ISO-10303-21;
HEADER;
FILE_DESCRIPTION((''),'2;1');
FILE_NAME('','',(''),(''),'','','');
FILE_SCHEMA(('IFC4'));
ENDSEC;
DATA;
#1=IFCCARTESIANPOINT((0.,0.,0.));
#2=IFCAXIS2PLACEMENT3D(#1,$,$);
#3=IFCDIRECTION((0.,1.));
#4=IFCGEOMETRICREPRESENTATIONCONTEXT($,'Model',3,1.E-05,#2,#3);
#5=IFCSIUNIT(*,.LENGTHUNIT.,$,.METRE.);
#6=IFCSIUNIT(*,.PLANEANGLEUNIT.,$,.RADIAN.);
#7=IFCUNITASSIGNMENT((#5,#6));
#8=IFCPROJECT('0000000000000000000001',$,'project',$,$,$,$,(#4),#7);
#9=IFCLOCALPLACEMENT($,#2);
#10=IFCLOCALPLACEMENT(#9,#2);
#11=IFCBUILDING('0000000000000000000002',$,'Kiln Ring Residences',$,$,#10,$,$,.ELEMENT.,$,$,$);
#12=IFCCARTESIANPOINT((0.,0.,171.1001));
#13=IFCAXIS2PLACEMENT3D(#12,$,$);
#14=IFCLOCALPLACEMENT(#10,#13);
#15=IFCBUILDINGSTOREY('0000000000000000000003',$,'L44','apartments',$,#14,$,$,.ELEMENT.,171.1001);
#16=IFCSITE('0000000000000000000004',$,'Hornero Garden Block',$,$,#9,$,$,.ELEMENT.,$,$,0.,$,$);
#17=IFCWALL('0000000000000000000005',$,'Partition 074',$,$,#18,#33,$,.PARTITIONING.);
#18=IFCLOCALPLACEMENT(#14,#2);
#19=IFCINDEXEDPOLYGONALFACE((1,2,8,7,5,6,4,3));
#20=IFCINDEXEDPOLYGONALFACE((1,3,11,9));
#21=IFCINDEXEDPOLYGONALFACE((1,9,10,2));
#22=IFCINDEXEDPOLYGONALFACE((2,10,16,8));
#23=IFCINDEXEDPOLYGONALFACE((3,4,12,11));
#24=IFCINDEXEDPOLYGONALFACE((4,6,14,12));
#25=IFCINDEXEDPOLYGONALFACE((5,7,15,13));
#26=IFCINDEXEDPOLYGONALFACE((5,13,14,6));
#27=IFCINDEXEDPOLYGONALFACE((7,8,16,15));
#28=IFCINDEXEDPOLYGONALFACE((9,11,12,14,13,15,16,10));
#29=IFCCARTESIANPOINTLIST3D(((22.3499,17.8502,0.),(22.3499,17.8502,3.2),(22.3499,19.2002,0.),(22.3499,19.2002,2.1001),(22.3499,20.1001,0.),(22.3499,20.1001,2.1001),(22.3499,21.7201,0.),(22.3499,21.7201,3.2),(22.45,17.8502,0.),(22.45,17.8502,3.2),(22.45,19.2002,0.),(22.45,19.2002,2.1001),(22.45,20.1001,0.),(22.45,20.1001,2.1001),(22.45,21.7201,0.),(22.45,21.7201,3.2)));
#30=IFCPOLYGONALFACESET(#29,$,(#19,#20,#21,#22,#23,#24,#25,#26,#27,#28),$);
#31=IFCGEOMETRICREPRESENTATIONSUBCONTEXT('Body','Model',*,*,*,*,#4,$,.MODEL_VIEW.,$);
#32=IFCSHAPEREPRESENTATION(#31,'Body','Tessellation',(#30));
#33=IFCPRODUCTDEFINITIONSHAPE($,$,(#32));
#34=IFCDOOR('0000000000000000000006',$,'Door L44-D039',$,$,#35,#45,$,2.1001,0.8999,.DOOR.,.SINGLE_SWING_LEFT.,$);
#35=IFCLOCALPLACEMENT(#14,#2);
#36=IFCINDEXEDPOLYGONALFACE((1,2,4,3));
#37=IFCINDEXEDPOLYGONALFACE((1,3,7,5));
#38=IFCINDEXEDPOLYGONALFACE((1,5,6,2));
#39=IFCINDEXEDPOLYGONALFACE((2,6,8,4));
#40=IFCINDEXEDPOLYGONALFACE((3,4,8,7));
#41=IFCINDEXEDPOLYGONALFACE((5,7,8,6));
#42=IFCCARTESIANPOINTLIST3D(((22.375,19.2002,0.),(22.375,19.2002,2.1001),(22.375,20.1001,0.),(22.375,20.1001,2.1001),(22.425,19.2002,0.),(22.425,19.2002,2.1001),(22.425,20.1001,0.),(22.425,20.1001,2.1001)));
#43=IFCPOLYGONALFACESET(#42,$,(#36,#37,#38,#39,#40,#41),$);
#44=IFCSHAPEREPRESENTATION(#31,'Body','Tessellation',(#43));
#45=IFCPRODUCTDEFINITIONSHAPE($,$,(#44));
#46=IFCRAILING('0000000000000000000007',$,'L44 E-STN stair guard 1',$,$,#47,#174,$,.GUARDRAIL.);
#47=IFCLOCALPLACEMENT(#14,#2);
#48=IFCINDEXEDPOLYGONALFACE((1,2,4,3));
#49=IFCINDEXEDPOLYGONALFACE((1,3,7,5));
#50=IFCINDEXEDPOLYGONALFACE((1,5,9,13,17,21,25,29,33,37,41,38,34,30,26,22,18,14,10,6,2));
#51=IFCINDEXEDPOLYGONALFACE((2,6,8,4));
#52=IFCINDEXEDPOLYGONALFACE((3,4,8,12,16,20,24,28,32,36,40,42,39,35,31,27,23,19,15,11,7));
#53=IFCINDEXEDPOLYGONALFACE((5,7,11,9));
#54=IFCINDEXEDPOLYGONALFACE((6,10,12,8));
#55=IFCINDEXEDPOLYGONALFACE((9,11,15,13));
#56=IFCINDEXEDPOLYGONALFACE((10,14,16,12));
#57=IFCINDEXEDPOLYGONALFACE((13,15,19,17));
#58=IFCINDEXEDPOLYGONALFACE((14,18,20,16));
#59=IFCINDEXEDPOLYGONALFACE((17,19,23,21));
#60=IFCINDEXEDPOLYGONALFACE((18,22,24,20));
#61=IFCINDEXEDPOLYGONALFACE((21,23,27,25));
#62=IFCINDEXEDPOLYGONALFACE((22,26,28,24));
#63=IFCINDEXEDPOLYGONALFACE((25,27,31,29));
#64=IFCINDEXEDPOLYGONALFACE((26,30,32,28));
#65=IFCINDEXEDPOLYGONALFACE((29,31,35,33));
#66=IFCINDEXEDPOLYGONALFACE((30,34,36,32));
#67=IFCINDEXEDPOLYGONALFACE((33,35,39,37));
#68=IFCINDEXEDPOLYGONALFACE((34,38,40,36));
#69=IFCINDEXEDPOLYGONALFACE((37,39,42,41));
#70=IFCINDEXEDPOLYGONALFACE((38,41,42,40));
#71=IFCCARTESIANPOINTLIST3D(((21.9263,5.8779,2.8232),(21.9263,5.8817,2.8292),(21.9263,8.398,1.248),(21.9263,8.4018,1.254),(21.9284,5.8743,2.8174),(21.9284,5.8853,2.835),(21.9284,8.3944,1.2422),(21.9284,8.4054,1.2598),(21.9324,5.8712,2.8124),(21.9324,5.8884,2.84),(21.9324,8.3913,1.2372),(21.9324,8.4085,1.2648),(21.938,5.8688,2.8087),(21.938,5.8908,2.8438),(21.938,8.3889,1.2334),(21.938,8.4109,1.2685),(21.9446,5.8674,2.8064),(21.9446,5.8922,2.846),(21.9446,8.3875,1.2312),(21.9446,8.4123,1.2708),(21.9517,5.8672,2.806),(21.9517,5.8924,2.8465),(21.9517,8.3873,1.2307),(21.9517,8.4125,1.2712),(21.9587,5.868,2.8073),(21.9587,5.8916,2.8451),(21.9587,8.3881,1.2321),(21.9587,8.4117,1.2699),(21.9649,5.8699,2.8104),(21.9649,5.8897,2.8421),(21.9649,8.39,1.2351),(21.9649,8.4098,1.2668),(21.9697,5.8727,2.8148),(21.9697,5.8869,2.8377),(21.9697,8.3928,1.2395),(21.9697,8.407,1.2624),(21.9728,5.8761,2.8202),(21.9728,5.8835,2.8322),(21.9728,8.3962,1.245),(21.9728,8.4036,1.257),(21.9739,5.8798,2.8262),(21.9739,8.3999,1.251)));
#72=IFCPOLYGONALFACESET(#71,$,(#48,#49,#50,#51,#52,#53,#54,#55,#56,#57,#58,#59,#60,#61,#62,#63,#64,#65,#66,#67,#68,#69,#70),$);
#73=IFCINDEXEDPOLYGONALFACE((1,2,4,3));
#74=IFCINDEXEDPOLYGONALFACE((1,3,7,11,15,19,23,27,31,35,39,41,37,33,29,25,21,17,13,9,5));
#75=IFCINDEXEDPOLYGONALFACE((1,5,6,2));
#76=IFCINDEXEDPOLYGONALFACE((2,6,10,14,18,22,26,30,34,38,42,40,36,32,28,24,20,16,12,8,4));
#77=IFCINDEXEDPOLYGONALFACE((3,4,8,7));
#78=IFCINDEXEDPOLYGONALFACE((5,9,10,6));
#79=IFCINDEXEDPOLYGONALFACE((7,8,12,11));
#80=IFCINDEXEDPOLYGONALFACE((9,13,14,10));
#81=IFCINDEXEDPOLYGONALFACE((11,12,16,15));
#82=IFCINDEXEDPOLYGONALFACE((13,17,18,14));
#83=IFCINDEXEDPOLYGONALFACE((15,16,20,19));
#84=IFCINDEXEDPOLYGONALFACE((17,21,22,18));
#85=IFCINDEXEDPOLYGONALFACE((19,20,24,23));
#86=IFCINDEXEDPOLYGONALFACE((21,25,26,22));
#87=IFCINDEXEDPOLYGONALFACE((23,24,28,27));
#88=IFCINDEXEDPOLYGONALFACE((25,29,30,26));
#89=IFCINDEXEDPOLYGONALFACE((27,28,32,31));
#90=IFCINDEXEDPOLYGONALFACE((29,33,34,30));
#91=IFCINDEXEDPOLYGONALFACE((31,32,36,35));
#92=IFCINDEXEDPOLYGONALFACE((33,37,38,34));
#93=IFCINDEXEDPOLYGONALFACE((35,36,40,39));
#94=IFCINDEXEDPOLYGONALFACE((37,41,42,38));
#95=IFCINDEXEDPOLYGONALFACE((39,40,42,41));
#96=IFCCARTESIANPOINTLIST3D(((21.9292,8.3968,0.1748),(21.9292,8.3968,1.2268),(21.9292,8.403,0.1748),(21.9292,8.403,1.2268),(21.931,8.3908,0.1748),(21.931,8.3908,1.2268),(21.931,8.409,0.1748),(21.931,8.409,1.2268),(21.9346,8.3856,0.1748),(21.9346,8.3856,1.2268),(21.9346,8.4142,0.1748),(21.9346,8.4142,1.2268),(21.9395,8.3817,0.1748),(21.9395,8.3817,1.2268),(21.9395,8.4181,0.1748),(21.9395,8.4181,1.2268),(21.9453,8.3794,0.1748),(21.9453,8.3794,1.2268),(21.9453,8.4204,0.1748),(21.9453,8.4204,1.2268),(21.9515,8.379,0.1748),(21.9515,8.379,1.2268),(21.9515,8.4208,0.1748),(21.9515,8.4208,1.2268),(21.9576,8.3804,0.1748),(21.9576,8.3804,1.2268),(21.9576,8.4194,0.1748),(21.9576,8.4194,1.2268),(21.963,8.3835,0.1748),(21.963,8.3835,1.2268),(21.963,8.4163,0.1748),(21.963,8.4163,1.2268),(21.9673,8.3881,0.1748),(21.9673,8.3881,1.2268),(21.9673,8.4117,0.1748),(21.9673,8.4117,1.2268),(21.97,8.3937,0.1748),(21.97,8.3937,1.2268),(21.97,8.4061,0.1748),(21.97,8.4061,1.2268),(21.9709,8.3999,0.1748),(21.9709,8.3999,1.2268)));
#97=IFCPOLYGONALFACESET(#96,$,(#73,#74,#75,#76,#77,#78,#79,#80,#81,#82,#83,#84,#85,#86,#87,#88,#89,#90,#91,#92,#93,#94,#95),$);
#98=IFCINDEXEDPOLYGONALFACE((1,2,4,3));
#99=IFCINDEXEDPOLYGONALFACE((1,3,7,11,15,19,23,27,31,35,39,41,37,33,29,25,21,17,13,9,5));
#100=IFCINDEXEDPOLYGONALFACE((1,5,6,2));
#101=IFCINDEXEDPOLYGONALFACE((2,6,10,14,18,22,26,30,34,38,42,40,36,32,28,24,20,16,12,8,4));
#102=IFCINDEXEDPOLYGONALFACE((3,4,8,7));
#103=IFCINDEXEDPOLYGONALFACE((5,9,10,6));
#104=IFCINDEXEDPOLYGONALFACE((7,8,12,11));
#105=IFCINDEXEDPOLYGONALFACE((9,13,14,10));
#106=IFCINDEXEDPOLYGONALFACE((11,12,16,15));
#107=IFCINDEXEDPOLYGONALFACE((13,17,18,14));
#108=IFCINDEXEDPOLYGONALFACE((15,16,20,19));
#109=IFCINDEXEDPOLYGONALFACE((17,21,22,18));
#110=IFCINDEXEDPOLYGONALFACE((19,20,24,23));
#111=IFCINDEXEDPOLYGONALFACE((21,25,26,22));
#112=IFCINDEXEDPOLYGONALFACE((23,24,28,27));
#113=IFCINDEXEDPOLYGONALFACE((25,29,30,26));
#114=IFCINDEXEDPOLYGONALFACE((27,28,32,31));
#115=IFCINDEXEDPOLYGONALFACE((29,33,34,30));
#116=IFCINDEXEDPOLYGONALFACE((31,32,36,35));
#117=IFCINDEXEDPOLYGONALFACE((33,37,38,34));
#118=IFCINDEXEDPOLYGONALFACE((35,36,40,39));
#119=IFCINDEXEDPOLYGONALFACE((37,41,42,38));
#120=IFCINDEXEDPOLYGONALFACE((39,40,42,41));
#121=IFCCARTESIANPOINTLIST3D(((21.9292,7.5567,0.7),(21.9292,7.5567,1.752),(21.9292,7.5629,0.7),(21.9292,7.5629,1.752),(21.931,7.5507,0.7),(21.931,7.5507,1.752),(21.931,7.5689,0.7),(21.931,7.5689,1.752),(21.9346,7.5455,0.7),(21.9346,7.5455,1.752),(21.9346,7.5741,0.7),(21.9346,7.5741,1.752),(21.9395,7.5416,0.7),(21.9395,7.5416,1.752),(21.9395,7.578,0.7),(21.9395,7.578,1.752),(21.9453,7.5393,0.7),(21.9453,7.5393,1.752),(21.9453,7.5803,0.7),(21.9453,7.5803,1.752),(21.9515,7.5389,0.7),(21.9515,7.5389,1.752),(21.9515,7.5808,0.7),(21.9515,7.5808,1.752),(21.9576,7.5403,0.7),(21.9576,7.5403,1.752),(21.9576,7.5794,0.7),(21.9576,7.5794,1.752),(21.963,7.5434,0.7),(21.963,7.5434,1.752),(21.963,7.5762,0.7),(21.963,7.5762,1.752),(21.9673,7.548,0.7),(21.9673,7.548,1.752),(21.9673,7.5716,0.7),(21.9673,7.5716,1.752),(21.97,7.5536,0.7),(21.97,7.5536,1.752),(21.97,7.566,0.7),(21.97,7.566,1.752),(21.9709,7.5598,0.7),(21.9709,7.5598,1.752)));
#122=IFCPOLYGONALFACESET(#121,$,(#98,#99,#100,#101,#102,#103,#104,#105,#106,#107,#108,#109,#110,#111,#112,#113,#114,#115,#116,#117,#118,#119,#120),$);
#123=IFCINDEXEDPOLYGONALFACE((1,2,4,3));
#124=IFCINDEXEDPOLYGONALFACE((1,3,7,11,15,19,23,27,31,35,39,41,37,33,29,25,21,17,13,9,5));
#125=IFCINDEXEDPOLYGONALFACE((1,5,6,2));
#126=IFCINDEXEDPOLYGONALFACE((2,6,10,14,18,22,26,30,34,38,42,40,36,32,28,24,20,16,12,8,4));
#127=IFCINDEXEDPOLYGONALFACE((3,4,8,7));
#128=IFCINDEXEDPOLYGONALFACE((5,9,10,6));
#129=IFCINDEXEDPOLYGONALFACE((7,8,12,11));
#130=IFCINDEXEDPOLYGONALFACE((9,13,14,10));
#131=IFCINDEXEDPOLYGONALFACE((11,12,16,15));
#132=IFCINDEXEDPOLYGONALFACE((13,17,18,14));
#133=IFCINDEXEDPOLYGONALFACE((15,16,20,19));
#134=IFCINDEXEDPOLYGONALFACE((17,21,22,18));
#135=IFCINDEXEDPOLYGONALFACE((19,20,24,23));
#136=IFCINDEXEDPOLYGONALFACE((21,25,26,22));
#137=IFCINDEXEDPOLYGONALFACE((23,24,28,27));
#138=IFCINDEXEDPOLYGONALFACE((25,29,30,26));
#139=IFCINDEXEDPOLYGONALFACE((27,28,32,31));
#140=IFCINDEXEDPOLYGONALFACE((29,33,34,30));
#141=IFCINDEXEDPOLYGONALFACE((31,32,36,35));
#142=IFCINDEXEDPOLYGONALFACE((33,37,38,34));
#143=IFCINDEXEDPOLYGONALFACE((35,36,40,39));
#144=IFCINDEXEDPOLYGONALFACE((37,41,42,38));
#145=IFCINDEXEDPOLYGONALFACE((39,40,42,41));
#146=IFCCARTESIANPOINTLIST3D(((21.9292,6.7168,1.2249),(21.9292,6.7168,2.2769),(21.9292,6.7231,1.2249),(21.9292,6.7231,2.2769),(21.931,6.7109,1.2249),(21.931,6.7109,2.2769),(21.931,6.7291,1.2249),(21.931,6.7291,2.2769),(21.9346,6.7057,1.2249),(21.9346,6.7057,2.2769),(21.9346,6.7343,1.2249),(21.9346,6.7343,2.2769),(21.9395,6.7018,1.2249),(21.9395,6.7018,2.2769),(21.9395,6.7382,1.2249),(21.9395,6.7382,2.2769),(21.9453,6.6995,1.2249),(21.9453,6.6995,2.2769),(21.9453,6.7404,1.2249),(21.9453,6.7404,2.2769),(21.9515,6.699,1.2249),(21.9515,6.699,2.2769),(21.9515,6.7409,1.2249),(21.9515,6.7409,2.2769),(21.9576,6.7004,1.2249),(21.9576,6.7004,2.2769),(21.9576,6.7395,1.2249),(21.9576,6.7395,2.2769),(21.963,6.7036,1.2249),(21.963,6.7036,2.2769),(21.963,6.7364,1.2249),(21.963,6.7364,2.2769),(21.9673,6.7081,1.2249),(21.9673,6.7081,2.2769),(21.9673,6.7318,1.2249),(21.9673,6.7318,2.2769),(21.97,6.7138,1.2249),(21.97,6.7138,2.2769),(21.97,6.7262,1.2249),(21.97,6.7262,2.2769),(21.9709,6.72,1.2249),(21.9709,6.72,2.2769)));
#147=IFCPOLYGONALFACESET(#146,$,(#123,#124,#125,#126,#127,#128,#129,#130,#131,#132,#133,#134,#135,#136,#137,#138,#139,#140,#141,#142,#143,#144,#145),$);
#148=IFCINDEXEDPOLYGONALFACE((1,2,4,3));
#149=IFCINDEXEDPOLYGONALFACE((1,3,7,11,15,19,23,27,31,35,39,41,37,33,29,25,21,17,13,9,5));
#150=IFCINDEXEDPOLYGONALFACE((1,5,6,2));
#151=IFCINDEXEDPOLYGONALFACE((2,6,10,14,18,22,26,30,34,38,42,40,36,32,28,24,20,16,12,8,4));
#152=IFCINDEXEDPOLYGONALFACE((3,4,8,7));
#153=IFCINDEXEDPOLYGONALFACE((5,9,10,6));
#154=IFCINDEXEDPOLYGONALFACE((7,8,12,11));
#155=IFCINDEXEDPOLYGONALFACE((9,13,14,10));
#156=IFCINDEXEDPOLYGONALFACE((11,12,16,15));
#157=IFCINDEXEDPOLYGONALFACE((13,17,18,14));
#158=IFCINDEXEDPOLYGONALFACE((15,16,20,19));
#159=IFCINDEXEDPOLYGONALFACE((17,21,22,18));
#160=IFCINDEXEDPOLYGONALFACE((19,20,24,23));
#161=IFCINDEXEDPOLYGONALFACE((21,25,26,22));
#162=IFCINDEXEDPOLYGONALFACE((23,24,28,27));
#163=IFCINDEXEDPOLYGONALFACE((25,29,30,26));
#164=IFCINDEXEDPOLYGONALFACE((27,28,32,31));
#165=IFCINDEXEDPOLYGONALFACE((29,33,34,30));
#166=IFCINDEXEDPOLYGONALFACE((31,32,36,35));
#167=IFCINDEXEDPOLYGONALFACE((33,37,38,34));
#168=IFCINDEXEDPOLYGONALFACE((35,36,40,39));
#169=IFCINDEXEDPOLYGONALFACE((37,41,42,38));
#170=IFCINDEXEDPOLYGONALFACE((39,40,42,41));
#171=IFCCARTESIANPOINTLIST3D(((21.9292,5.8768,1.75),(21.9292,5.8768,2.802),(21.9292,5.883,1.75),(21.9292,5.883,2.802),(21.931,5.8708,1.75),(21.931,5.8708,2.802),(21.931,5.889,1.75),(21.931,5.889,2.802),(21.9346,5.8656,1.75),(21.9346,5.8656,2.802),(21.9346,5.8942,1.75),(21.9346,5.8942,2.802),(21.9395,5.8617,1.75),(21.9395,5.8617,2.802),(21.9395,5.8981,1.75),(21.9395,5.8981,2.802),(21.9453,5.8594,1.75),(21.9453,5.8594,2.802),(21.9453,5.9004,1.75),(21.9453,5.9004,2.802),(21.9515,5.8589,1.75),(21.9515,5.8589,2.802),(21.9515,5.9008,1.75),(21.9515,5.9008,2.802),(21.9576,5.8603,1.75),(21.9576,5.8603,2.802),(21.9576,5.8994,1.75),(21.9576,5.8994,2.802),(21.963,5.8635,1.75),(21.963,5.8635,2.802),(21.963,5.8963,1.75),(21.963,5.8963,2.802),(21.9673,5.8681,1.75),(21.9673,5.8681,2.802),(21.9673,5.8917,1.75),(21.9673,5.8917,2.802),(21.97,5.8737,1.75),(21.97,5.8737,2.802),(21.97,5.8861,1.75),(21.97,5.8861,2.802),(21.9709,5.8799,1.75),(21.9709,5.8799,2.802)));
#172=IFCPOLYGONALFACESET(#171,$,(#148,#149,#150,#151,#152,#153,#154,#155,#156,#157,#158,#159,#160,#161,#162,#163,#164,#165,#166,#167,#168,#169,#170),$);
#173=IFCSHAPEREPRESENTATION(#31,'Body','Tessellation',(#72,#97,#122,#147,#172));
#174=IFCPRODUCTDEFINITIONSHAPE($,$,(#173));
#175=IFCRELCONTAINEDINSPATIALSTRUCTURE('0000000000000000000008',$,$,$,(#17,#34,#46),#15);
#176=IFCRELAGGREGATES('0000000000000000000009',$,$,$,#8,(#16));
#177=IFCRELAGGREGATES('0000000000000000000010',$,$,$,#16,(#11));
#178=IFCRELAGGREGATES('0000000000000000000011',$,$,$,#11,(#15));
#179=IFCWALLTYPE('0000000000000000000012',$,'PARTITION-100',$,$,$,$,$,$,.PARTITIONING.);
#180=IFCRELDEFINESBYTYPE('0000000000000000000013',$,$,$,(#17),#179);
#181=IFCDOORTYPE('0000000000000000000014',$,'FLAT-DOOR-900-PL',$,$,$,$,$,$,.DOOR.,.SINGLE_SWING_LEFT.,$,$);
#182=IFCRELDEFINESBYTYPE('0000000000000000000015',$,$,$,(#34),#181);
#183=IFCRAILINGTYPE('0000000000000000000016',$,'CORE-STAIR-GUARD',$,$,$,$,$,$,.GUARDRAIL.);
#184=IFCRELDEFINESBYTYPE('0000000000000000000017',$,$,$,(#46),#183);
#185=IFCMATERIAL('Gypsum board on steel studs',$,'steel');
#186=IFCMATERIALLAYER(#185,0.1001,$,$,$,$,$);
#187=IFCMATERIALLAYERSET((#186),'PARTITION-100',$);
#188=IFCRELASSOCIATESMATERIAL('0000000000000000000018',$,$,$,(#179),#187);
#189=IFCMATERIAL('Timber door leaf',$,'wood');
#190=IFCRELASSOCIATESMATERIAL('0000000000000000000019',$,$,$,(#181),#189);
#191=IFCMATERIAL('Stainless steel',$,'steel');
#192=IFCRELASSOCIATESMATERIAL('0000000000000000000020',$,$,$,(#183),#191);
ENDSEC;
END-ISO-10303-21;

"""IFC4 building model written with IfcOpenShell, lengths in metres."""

from ifc_helpers import new_model, si_unit, direction, frame, frame_2d, origin, origin_2d, place, context, subcontext, project, spatial, rectangle, circle, extrude, material, layer, layer_set, type_object, element, fill, save


model = new_model("IFC4")

# Units and contexts
model_context = context("Model", 3, precision=1e-05, world=origin(), true_north=direction((0.0, 1.0)))
body_context = subcontext(model_context, "Body", "Model", "MODEL_VIEW")
ifc_project = project(units=[si_unit("LENGTHUNIT", "METRE"), si_unit("PLANEANGLEUNIT", "RADIAN")], contexts=[model_context])

# Site, building, storey
site_placement = place(None, origin())
site = spatial("IfcSite", under=ifc_project, at=site_placement, Name="Hornero Garden Block", CompositionType="ELEMENT", RefElevation=0.0)
building_placement = place(site_placement, origin())
building = spatial("IfcBuilding", under=site, at=building_placement, Name="Kiln Ring Residences", CompositionType="ELEMENT")
storey_placement = place(building_placement, frame((0.0, 0.0, 171.1001)))
storey = spatial("IfcBuildingStorey", under=building, at=storey_placement, Name="L44", Description="apartments", CompositionType="ELEMENT", Elevation=171.1001)

# Shared definitions
ifc_material_1 = material(Name="Gypsum board on steel studs", Category="steel")
ifc_layer_1 = layer(ifc_material_1, 0.1001)
ifc_layer_set_1 = layer_set([ifc_layer_1], Name="PARTITION-100")
wall_type_1 = type_object("IfcWallType", Name="PARTITION-100", PredefinedType="PARTITIONING", material=ifc_layer_set_1)

# Wall, opening, door
wall_1_placement = place(storey_placement, frame((22.3999, 17.8501, 0.0), z_axis=(0.0, 0.0, 1.0), x_axis=(0.0, 1.0, 0.0)))
wall_1 = element("IfcWall", 1, at=wall_1_placement, inside=storey, type_object=wall_type_1, Name="Partition 074", PredefinedType="PARTITIONING", context=body_context, shape_type="SweptSolid", body=[
    extrude(rectangle(XDim=3.8699, YDim=0.1001, at=frame_2d((1.9351, 0.0))), origin(), (0.0, 0.0, 1.0), 3.2),
])
opening_1_placement = place(wall_1_placement, frame((1.3501, 0.0, 0.0)))
opening_1 = element("IfcOpeningElement", 2, at=opening_1_placement, cuts=wall_1, PredefinedType="OPENING", context=body_context, shape_type="SweptSolid", body=[
    extrude(rectangle(XDim=0.8999, YDim=2.1001, at=frame_2d((0.45, 1.05))), frame((0.0, 0.0601, 0.0), z_axis=(0.0, -1.0, 0.0), x_axis=(1.0, 0.0, 0.0)), (0.0, 0.0, 1.0), 0.1201),
])
ifc_material_2 = material(Name="Timber door leaf", Category="wood")
door_type_1 = type_object("IfcDoorType", Name="FLAT-DOOR-900-PL", OperationType="SINGLE_SWING_LEFT", PredefinedType="DOOR", material=ifc_material_2)
door_1_placement = place(opening_1_placement, origin())
door_1 = element("IfcDoor", 3, at=door_1_placement, inside=storey, type_object=door_type_1, Name="Door L44-D039", OperationType="SINGLE_SWING_LEFT", OverallHeight=2.1001, OverallWidth=0.8999, PredefinedType="DOOR", context=body_context, shape_type="SweptSolid", body=[
    extrude(rectangle(XDim=0.8999, YDim=2.1001, at=frame_2d((0.45, 1.05))), frame((0.0, 0.0249, 0.0), z_axis=(0.0, -1.0, 0.0), x_axis=(1.0, 0.0, 0.0)), (0.0, 0.0, 1.0), 0.05),
])
fill(opening_1, door_1)

# Railing
ifc_material_3 = material(Name="Stainless steel", Category="steel")
railing_type = type_object("IfcRailingType", Name="CORE-STAIR-GUARD", PredefinedType="GUARDRAIL", material=ifc_material_3)
railing_1_placement = place(storey_placement, frame((21.95, 8.3999, 0.1748)))
element("IfcRailing", 4, at=railing_1_placement, inside=storey, type_object=railing_type, Name="L44 E-STN stair guard 1", PredefinedType="GUARDRAIL", context=body_context, shape_type="SweptSolid", body=[
    extrude(circle(Radius=0.0239, at=origin_2d()), frame((0.0, 0.0, 1.0762), z_axis=(0.0, -0.847971, 0.530043), x_axis=(1.0, 0.0, 0.0)), (0.0, 0.0, 1.0), 2.9719),
    extrude(circle(Radius=0.021, at=origin_2d()), origin(), (0.0, 0.0, 1.0), 1.052),
    extrude(circle(Radius=0.021, at=origin_2d()), frame((0.0, -0.8401, 0.5251)), (0.0, 0.0, 1.0), 1.052),
    extrude(circle(Radius=0.021, at=origin_2d()), frame((0.0, -1.6799, 1.05)), (0.0, 0.0, 1.0), 1.052),
    extrude(circle(Radius=0.021, at=origin_2d()), frame((0.0, -2.52, 1.5752)), (0.0, 0.0, 1.0), 1.052),
])

save(model, "model.ifc")
